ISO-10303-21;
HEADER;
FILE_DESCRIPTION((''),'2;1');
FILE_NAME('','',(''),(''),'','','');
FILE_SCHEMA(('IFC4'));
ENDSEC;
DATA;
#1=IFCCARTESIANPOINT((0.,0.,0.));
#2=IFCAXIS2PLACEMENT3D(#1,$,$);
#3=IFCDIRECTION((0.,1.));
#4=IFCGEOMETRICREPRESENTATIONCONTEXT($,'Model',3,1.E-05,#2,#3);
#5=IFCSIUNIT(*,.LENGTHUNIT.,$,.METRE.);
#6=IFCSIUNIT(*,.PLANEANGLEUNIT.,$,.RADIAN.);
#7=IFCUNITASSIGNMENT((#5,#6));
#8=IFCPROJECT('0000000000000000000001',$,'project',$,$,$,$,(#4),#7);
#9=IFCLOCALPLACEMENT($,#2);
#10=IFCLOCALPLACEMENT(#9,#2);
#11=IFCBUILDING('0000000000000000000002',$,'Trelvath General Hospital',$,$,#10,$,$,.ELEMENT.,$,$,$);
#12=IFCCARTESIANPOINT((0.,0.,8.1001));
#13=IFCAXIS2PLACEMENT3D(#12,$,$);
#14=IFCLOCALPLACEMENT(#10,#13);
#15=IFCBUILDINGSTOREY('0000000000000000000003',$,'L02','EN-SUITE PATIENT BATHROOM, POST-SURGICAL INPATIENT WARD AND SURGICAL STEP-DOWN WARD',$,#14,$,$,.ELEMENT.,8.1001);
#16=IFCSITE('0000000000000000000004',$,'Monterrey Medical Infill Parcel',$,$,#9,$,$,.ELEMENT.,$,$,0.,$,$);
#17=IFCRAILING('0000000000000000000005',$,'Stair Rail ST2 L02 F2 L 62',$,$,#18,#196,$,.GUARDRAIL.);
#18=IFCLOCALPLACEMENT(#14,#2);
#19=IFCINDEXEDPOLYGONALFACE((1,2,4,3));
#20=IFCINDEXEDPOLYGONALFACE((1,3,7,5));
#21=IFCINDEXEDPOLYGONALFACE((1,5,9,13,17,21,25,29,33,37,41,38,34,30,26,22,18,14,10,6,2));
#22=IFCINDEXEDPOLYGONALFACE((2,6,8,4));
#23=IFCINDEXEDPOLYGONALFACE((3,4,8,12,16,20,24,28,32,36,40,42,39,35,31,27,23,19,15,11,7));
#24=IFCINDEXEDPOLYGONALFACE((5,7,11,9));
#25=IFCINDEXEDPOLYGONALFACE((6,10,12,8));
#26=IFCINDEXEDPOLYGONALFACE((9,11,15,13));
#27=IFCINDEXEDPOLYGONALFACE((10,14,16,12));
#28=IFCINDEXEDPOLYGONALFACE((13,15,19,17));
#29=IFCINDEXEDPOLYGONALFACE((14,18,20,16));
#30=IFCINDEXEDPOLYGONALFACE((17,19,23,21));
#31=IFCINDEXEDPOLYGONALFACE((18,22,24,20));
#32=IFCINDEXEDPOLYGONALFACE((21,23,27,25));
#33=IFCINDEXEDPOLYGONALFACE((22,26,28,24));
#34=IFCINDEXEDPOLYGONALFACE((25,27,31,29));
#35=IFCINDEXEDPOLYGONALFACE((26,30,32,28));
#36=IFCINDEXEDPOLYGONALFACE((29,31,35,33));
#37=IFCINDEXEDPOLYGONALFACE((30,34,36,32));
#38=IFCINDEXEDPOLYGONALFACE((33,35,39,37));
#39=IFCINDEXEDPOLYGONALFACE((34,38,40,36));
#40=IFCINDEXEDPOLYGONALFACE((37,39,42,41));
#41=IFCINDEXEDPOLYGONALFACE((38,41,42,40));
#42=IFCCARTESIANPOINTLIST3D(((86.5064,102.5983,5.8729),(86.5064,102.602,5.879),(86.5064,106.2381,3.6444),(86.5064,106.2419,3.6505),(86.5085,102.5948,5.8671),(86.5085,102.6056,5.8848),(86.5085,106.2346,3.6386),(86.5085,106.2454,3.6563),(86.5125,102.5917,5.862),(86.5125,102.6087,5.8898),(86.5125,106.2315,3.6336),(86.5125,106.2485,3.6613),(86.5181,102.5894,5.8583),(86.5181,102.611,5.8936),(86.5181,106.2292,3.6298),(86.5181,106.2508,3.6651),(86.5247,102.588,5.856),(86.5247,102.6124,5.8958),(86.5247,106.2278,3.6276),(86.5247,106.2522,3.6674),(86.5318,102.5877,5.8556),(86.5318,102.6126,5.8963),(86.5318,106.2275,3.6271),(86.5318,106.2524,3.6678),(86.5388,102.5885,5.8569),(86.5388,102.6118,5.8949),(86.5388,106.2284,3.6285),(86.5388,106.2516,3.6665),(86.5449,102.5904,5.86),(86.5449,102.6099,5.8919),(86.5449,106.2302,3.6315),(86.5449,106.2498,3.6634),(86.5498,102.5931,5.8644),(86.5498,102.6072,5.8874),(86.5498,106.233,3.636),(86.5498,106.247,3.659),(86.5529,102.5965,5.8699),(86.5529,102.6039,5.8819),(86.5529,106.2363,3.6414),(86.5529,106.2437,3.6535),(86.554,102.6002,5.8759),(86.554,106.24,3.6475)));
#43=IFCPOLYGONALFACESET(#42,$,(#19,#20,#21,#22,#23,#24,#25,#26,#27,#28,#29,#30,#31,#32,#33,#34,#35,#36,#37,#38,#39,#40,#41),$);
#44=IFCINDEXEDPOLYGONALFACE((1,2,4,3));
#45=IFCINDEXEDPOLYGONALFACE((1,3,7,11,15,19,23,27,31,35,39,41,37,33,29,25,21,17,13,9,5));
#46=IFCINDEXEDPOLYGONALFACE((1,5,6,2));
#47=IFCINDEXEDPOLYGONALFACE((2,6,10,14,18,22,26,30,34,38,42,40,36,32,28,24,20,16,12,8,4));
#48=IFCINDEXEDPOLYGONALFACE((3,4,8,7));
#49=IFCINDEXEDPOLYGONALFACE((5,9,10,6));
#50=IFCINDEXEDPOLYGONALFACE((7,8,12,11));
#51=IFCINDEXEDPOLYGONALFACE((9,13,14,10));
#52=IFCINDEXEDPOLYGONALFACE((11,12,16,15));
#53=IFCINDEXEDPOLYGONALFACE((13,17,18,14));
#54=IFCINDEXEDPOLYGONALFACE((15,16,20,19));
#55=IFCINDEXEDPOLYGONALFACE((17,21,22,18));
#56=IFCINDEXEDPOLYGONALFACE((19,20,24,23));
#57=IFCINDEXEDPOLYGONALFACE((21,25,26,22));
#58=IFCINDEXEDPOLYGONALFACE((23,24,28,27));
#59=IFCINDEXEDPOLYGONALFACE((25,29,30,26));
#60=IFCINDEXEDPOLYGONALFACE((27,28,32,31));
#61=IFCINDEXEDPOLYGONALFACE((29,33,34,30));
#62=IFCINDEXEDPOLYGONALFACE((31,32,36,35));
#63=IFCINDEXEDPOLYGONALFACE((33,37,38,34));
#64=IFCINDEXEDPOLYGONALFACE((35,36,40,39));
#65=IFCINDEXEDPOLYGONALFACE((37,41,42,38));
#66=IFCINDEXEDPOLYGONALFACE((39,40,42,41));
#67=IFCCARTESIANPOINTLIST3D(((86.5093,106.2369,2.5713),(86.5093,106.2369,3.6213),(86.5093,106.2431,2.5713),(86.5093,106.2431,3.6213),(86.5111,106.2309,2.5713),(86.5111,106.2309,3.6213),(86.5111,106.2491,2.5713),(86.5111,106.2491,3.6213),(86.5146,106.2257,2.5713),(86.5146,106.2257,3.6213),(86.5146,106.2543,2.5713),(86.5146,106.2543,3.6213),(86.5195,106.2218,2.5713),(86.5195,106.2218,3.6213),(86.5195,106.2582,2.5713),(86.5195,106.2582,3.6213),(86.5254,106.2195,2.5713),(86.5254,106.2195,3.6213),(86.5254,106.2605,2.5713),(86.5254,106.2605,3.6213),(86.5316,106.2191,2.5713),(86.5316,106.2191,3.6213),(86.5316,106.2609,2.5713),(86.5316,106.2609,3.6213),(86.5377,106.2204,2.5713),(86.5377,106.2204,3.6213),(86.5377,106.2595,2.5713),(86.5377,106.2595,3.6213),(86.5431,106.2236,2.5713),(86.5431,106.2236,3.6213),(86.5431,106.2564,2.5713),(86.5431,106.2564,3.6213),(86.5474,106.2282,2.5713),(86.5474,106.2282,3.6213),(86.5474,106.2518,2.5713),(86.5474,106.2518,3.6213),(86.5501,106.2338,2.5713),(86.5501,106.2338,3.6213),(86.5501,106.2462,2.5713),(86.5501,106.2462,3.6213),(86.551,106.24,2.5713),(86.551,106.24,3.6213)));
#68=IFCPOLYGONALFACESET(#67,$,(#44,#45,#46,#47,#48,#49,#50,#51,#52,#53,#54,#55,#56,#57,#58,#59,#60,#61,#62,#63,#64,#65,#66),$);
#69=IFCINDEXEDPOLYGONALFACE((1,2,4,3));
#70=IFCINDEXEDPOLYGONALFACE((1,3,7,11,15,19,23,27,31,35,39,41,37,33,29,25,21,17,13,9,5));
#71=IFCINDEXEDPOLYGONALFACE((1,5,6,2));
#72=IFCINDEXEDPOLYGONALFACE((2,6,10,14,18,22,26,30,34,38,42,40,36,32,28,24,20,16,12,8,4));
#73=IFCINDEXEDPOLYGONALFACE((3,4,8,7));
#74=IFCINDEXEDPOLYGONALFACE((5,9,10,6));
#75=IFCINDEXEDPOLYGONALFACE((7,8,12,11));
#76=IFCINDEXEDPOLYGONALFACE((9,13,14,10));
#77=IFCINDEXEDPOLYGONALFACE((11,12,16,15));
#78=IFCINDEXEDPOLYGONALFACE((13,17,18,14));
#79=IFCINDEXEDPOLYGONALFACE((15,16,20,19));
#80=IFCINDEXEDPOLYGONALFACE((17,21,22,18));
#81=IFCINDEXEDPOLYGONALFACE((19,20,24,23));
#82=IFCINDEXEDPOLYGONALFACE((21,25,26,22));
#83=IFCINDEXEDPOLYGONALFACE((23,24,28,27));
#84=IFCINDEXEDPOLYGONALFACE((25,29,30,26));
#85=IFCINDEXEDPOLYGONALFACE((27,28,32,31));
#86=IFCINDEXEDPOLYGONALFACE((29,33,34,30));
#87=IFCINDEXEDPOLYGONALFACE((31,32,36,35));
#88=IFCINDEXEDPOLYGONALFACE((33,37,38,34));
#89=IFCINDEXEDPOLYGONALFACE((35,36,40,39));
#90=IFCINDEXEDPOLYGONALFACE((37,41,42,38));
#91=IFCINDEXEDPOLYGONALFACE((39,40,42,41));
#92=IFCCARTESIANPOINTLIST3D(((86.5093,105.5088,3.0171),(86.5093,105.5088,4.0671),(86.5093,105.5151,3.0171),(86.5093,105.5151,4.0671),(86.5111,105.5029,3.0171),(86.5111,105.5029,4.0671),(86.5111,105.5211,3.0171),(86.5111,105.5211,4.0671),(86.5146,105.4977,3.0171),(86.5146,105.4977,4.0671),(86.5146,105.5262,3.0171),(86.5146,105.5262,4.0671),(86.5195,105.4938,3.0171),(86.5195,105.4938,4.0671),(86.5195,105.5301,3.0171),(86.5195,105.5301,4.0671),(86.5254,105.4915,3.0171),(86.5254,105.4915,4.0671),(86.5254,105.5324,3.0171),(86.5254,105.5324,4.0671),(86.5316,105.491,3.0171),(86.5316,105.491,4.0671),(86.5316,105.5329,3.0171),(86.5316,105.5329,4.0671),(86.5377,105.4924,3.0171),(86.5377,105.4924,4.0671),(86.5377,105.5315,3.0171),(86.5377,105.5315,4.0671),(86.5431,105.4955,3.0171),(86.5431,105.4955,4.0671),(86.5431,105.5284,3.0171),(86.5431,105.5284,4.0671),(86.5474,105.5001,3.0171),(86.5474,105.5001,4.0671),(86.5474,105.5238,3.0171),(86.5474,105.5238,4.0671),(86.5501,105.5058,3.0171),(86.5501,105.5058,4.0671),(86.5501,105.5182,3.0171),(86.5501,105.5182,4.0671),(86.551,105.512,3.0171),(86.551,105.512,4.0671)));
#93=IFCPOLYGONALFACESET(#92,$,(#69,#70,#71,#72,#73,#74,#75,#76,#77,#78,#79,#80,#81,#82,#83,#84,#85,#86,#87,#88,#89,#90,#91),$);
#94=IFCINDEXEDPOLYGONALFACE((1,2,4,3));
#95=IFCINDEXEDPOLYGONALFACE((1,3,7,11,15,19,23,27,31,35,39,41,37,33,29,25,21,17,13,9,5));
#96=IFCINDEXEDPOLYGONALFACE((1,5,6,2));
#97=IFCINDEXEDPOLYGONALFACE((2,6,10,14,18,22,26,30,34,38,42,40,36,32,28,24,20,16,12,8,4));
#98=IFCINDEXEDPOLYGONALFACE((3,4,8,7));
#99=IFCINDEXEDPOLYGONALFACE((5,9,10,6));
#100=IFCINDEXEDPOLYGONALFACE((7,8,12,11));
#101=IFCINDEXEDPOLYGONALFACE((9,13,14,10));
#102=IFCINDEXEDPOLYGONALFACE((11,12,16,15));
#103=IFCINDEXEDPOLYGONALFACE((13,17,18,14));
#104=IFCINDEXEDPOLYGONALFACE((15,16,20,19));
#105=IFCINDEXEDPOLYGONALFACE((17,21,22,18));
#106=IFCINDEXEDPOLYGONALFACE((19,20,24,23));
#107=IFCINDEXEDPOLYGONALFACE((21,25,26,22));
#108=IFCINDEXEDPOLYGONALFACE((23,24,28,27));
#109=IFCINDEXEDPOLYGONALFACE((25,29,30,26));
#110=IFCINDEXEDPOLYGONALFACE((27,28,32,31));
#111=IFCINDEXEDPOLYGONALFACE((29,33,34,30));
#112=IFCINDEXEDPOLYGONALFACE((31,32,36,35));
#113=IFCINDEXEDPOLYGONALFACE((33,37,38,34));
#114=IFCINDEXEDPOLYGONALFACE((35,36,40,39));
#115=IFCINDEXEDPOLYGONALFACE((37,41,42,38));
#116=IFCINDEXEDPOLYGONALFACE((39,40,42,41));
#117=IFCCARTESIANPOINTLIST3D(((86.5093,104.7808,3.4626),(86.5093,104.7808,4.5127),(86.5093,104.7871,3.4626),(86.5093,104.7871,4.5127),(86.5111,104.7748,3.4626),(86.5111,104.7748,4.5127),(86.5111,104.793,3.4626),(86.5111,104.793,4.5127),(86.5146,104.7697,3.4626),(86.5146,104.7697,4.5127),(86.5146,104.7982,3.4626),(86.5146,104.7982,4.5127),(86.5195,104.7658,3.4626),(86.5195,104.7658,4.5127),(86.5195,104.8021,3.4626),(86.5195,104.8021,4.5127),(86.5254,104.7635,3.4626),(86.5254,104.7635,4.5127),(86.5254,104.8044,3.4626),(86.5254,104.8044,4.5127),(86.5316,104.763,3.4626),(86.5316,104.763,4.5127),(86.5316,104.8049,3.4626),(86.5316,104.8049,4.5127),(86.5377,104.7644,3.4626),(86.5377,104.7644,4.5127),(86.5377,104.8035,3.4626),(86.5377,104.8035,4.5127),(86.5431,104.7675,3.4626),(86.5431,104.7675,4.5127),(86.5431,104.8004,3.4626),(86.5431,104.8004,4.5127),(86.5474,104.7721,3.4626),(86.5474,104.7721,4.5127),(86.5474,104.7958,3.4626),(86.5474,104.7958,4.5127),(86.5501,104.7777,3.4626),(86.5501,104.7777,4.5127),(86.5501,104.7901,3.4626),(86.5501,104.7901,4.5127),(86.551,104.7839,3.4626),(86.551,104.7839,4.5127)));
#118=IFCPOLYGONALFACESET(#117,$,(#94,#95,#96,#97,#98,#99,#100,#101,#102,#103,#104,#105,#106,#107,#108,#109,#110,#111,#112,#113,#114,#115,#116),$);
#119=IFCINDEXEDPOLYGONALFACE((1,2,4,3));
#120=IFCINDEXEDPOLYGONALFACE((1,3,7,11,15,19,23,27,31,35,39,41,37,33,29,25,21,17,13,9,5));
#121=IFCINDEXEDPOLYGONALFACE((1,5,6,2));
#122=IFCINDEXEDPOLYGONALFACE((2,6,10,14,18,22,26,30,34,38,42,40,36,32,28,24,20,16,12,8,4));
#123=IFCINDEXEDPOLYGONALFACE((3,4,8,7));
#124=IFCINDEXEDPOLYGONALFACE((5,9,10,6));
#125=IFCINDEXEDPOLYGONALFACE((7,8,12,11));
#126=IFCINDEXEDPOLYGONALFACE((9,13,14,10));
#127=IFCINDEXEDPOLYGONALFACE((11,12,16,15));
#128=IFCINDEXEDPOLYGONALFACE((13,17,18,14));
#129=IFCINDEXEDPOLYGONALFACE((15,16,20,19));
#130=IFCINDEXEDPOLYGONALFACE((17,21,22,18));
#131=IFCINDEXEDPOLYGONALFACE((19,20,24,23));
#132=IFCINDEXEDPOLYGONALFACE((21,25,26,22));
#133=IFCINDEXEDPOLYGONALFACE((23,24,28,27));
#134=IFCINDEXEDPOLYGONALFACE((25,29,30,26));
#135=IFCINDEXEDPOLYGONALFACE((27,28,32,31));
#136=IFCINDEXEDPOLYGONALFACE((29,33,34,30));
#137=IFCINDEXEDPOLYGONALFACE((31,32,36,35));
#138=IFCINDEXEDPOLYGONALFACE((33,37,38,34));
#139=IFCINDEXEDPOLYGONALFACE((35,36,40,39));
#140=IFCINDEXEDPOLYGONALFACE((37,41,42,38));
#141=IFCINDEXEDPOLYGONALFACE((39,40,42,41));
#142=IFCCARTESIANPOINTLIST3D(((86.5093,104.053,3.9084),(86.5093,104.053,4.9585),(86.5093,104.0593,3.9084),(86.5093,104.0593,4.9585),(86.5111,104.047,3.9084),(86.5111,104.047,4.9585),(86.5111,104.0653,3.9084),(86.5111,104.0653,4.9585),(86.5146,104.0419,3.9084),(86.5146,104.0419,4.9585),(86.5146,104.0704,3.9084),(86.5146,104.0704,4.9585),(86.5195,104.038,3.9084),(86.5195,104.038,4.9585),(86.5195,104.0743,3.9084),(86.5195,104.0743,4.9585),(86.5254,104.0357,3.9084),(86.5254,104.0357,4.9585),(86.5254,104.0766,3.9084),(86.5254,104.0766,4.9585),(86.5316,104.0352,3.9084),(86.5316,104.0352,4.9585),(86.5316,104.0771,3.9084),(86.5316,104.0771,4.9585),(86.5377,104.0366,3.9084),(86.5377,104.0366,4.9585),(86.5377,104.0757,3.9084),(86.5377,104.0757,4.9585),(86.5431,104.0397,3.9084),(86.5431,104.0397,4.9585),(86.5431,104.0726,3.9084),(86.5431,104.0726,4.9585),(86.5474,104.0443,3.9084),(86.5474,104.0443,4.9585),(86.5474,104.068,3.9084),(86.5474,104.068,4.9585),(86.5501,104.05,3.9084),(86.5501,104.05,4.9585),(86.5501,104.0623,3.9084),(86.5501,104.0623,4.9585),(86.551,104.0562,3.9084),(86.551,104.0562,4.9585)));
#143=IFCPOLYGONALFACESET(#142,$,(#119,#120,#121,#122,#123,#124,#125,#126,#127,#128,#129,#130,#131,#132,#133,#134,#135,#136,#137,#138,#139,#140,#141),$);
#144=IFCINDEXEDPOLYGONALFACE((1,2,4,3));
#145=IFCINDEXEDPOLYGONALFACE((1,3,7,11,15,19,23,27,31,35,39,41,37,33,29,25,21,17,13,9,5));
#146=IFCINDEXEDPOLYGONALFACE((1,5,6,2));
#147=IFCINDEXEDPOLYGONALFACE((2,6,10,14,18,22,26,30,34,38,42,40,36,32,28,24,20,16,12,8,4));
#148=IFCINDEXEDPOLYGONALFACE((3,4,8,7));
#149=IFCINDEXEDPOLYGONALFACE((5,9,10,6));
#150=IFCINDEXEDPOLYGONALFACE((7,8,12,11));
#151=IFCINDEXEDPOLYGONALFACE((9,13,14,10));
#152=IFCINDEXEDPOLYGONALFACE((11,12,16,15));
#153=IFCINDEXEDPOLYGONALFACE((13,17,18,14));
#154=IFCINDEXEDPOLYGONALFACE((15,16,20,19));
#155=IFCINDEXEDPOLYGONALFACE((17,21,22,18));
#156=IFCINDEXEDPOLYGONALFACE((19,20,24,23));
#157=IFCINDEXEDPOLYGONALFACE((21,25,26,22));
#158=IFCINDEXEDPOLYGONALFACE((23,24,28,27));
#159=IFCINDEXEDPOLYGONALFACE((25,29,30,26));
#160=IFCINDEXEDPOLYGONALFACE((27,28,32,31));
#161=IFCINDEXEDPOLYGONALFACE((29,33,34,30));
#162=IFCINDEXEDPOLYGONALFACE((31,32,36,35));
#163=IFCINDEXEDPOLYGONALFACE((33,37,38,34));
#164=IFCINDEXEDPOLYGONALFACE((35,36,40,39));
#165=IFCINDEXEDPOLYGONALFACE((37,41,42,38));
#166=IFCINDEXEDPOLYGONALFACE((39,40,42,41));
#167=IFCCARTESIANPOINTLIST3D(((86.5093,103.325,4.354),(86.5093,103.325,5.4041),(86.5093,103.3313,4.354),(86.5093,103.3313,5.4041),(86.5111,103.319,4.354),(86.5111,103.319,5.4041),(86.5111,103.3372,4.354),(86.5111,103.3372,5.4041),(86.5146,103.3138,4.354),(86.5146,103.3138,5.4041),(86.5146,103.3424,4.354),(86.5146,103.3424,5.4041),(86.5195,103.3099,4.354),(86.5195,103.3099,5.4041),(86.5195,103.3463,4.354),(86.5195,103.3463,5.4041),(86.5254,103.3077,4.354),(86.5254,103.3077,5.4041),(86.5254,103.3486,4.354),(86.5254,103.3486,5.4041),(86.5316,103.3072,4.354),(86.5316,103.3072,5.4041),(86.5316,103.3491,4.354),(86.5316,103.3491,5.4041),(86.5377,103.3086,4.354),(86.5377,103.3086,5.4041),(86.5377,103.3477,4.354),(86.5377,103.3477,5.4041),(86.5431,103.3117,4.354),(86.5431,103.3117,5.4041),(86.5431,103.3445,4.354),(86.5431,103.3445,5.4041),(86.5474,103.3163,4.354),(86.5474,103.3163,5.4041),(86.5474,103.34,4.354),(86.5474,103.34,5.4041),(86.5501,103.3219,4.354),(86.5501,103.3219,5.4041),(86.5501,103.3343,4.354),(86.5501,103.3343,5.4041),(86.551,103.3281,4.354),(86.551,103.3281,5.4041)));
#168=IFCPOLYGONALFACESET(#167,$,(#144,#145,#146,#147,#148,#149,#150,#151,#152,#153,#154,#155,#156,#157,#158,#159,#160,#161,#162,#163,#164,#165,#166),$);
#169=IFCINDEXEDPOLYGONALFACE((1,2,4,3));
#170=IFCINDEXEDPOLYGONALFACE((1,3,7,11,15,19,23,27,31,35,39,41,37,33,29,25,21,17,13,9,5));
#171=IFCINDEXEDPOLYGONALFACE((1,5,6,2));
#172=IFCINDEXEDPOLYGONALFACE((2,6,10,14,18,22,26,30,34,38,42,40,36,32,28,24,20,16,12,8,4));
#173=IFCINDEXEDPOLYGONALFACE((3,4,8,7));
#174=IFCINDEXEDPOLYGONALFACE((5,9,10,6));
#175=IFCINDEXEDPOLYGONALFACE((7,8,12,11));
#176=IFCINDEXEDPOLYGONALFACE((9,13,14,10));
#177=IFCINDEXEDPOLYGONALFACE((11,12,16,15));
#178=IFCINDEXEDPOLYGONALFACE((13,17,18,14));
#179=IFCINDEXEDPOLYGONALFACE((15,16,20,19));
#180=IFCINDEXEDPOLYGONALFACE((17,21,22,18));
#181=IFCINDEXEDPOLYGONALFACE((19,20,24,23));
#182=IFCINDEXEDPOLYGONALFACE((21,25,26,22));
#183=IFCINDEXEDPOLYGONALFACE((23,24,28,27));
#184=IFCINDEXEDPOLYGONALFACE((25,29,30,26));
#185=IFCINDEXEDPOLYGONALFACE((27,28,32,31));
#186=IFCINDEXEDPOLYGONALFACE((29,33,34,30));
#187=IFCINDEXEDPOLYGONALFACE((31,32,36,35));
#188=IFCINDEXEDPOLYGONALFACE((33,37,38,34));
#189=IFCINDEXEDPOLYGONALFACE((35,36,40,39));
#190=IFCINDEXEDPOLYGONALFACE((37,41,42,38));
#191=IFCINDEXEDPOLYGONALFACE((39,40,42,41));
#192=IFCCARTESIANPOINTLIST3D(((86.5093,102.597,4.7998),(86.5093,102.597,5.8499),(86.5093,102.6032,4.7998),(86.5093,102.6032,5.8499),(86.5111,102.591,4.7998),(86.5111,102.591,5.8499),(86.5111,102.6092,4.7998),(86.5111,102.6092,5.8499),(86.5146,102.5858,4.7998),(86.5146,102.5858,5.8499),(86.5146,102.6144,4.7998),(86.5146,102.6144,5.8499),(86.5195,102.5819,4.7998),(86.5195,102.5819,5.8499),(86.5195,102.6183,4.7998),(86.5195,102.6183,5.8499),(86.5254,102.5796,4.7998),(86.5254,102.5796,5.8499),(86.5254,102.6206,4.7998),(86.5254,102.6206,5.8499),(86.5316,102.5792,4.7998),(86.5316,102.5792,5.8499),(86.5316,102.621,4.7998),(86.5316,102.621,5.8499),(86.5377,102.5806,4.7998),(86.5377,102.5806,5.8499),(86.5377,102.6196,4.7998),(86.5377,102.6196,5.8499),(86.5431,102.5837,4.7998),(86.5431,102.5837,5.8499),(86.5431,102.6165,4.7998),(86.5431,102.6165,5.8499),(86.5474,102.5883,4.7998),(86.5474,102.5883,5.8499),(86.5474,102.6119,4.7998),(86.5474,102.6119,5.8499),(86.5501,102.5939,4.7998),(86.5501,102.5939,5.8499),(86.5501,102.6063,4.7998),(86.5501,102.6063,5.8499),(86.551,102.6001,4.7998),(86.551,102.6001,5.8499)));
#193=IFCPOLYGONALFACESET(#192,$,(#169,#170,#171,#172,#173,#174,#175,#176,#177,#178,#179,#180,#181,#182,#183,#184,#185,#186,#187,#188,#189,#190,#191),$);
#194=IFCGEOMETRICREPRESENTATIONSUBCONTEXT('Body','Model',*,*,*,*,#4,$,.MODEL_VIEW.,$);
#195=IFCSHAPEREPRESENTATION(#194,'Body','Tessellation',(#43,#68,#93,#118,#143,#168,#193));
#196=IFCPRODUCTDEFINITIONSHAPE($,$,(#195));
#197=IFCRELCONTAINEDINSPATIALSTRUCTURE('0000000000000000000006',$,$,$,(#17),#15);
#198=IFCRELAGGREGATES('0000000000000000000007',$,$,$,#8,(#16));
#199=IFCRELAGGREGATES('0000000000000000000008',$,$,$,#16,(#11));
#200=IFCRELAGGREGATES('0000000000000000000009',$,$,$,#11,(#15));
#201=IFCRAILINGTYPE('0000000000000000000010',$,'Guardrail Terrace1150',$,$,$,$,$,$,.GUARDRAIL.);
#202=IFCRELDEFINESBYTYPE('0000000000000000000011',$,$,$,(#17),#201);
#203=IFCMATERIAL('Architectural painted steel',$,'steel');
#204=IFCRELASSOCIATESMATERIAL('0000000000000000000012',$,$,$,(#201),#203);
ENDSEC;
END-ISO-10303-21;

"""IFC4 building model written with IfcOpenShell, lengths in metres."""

from ifc_helpers import new_model, si_unit, direction, frame, origin, origin_2d, place, context, subcontext, project, spatial, circle, extrude, material, type_object, element, save


model = new_model("IFC4")

# Units and contexts
model_context = context("Model", 3, precision=1e-05, world=origin(), true_north=direction((0.0, 1.0)))
body_context = subcontext(model_context, "Body", "Model", "MODEL_VIEW")
ifc_project = project(units=[si_unit("LENGTHUNIT", "METRE"), si_unit("PLANEANGLEUNIT", "RADIAN")], contexts=[model_context])

# Site, building, storey
site_placement = place(None, origin())
site = spatial("IfcSite", under=ifc_project, at=site_placement, Name="Monterrey Medical Infill Parcel", CompositionType="ELEMENT", RefElevation=0.0)
building_placement = place(site_placement, origin())
building = spatial("IfcBuilding", under=site, at=building_placement, Name="Trelvath General Hospital", CompositionType="ELEMENT")
storey_placement = place(building_placement, frame((0.0, 0.0, 8.1001)))
storey = spatial("IfcBuildingStorey", under=building, at=storey_placement, Name="L02", Description="EN-SUITE PATIENT BATHROOM, POST-SURGICAL INPATIENT WARD AND SURGICAL STEP-DOWN WARD", CompositionType="ELEMENT", Elevation=8.1001)

# Railing
ifc_material_1 = material(Name="Architectural painted steel", Category="steel")
railing_type_1 = type_object("IfcRailingType", Name="Guardrail Terrace1150", PredefinedType="GUARDRAIL", material=ifc_material_1)
railing_1_placement = place(storey_placement, frame((86.53, 106.24, 2.5713)))
element("IfcRailing", 1, at=railing_1_placement, inside=storey, type_object=railing_type_1, Name="Stair Rail ST2 L02 F2 L 62", PredefinedType="GUARDRAIL", context=body_context, shape_type="SweptSolid", body=[
    extrude(circle(Radius=0.0239, at=origin_2d()), frame((0.0, 0.0, 1.0762), z_axis=(0.0, -0.85285, 0.522156), x_axis=(1.0, 0.0, 0.0)), (0.0, 0.0, 1.0), 4.2678),
    extrude(circle(Radius=0.021, at=origin_2d()), origin(), (0.0, 0.0, 1.0), 1.05),
    extrude(circle(Radius=0.021, at=origin_2d()), frame((0.0, -0.728, 0.4458)), (0.0, 0.0, 1.0), 1.05),
    extrude(circle(Radius=0.021, at=origin_2d()), frame((0.0, -1.4561, 0.8914)), (0.0, 0.0, 1.0), 1.05),
    extrude(circle(Radius=0.021, at=origin_2d()), frame((0.0, -2.1838, 1.3372)), (0.0, 0.0, 1.0), 1.05),
    extrude(circle(Radius=0.021, at=origin_2d()), frame((0.0, -2.9119, 1.7827)), (0.0, 0.0, 1.0), 1.05),
    extrude(circle(Radius=0.021, at=origin_2d()), frame((0.0, -3.6399, 2.2285)), (0.0, 0.0, 1.0), 1.05),
])

save(model, "model.ifc")
